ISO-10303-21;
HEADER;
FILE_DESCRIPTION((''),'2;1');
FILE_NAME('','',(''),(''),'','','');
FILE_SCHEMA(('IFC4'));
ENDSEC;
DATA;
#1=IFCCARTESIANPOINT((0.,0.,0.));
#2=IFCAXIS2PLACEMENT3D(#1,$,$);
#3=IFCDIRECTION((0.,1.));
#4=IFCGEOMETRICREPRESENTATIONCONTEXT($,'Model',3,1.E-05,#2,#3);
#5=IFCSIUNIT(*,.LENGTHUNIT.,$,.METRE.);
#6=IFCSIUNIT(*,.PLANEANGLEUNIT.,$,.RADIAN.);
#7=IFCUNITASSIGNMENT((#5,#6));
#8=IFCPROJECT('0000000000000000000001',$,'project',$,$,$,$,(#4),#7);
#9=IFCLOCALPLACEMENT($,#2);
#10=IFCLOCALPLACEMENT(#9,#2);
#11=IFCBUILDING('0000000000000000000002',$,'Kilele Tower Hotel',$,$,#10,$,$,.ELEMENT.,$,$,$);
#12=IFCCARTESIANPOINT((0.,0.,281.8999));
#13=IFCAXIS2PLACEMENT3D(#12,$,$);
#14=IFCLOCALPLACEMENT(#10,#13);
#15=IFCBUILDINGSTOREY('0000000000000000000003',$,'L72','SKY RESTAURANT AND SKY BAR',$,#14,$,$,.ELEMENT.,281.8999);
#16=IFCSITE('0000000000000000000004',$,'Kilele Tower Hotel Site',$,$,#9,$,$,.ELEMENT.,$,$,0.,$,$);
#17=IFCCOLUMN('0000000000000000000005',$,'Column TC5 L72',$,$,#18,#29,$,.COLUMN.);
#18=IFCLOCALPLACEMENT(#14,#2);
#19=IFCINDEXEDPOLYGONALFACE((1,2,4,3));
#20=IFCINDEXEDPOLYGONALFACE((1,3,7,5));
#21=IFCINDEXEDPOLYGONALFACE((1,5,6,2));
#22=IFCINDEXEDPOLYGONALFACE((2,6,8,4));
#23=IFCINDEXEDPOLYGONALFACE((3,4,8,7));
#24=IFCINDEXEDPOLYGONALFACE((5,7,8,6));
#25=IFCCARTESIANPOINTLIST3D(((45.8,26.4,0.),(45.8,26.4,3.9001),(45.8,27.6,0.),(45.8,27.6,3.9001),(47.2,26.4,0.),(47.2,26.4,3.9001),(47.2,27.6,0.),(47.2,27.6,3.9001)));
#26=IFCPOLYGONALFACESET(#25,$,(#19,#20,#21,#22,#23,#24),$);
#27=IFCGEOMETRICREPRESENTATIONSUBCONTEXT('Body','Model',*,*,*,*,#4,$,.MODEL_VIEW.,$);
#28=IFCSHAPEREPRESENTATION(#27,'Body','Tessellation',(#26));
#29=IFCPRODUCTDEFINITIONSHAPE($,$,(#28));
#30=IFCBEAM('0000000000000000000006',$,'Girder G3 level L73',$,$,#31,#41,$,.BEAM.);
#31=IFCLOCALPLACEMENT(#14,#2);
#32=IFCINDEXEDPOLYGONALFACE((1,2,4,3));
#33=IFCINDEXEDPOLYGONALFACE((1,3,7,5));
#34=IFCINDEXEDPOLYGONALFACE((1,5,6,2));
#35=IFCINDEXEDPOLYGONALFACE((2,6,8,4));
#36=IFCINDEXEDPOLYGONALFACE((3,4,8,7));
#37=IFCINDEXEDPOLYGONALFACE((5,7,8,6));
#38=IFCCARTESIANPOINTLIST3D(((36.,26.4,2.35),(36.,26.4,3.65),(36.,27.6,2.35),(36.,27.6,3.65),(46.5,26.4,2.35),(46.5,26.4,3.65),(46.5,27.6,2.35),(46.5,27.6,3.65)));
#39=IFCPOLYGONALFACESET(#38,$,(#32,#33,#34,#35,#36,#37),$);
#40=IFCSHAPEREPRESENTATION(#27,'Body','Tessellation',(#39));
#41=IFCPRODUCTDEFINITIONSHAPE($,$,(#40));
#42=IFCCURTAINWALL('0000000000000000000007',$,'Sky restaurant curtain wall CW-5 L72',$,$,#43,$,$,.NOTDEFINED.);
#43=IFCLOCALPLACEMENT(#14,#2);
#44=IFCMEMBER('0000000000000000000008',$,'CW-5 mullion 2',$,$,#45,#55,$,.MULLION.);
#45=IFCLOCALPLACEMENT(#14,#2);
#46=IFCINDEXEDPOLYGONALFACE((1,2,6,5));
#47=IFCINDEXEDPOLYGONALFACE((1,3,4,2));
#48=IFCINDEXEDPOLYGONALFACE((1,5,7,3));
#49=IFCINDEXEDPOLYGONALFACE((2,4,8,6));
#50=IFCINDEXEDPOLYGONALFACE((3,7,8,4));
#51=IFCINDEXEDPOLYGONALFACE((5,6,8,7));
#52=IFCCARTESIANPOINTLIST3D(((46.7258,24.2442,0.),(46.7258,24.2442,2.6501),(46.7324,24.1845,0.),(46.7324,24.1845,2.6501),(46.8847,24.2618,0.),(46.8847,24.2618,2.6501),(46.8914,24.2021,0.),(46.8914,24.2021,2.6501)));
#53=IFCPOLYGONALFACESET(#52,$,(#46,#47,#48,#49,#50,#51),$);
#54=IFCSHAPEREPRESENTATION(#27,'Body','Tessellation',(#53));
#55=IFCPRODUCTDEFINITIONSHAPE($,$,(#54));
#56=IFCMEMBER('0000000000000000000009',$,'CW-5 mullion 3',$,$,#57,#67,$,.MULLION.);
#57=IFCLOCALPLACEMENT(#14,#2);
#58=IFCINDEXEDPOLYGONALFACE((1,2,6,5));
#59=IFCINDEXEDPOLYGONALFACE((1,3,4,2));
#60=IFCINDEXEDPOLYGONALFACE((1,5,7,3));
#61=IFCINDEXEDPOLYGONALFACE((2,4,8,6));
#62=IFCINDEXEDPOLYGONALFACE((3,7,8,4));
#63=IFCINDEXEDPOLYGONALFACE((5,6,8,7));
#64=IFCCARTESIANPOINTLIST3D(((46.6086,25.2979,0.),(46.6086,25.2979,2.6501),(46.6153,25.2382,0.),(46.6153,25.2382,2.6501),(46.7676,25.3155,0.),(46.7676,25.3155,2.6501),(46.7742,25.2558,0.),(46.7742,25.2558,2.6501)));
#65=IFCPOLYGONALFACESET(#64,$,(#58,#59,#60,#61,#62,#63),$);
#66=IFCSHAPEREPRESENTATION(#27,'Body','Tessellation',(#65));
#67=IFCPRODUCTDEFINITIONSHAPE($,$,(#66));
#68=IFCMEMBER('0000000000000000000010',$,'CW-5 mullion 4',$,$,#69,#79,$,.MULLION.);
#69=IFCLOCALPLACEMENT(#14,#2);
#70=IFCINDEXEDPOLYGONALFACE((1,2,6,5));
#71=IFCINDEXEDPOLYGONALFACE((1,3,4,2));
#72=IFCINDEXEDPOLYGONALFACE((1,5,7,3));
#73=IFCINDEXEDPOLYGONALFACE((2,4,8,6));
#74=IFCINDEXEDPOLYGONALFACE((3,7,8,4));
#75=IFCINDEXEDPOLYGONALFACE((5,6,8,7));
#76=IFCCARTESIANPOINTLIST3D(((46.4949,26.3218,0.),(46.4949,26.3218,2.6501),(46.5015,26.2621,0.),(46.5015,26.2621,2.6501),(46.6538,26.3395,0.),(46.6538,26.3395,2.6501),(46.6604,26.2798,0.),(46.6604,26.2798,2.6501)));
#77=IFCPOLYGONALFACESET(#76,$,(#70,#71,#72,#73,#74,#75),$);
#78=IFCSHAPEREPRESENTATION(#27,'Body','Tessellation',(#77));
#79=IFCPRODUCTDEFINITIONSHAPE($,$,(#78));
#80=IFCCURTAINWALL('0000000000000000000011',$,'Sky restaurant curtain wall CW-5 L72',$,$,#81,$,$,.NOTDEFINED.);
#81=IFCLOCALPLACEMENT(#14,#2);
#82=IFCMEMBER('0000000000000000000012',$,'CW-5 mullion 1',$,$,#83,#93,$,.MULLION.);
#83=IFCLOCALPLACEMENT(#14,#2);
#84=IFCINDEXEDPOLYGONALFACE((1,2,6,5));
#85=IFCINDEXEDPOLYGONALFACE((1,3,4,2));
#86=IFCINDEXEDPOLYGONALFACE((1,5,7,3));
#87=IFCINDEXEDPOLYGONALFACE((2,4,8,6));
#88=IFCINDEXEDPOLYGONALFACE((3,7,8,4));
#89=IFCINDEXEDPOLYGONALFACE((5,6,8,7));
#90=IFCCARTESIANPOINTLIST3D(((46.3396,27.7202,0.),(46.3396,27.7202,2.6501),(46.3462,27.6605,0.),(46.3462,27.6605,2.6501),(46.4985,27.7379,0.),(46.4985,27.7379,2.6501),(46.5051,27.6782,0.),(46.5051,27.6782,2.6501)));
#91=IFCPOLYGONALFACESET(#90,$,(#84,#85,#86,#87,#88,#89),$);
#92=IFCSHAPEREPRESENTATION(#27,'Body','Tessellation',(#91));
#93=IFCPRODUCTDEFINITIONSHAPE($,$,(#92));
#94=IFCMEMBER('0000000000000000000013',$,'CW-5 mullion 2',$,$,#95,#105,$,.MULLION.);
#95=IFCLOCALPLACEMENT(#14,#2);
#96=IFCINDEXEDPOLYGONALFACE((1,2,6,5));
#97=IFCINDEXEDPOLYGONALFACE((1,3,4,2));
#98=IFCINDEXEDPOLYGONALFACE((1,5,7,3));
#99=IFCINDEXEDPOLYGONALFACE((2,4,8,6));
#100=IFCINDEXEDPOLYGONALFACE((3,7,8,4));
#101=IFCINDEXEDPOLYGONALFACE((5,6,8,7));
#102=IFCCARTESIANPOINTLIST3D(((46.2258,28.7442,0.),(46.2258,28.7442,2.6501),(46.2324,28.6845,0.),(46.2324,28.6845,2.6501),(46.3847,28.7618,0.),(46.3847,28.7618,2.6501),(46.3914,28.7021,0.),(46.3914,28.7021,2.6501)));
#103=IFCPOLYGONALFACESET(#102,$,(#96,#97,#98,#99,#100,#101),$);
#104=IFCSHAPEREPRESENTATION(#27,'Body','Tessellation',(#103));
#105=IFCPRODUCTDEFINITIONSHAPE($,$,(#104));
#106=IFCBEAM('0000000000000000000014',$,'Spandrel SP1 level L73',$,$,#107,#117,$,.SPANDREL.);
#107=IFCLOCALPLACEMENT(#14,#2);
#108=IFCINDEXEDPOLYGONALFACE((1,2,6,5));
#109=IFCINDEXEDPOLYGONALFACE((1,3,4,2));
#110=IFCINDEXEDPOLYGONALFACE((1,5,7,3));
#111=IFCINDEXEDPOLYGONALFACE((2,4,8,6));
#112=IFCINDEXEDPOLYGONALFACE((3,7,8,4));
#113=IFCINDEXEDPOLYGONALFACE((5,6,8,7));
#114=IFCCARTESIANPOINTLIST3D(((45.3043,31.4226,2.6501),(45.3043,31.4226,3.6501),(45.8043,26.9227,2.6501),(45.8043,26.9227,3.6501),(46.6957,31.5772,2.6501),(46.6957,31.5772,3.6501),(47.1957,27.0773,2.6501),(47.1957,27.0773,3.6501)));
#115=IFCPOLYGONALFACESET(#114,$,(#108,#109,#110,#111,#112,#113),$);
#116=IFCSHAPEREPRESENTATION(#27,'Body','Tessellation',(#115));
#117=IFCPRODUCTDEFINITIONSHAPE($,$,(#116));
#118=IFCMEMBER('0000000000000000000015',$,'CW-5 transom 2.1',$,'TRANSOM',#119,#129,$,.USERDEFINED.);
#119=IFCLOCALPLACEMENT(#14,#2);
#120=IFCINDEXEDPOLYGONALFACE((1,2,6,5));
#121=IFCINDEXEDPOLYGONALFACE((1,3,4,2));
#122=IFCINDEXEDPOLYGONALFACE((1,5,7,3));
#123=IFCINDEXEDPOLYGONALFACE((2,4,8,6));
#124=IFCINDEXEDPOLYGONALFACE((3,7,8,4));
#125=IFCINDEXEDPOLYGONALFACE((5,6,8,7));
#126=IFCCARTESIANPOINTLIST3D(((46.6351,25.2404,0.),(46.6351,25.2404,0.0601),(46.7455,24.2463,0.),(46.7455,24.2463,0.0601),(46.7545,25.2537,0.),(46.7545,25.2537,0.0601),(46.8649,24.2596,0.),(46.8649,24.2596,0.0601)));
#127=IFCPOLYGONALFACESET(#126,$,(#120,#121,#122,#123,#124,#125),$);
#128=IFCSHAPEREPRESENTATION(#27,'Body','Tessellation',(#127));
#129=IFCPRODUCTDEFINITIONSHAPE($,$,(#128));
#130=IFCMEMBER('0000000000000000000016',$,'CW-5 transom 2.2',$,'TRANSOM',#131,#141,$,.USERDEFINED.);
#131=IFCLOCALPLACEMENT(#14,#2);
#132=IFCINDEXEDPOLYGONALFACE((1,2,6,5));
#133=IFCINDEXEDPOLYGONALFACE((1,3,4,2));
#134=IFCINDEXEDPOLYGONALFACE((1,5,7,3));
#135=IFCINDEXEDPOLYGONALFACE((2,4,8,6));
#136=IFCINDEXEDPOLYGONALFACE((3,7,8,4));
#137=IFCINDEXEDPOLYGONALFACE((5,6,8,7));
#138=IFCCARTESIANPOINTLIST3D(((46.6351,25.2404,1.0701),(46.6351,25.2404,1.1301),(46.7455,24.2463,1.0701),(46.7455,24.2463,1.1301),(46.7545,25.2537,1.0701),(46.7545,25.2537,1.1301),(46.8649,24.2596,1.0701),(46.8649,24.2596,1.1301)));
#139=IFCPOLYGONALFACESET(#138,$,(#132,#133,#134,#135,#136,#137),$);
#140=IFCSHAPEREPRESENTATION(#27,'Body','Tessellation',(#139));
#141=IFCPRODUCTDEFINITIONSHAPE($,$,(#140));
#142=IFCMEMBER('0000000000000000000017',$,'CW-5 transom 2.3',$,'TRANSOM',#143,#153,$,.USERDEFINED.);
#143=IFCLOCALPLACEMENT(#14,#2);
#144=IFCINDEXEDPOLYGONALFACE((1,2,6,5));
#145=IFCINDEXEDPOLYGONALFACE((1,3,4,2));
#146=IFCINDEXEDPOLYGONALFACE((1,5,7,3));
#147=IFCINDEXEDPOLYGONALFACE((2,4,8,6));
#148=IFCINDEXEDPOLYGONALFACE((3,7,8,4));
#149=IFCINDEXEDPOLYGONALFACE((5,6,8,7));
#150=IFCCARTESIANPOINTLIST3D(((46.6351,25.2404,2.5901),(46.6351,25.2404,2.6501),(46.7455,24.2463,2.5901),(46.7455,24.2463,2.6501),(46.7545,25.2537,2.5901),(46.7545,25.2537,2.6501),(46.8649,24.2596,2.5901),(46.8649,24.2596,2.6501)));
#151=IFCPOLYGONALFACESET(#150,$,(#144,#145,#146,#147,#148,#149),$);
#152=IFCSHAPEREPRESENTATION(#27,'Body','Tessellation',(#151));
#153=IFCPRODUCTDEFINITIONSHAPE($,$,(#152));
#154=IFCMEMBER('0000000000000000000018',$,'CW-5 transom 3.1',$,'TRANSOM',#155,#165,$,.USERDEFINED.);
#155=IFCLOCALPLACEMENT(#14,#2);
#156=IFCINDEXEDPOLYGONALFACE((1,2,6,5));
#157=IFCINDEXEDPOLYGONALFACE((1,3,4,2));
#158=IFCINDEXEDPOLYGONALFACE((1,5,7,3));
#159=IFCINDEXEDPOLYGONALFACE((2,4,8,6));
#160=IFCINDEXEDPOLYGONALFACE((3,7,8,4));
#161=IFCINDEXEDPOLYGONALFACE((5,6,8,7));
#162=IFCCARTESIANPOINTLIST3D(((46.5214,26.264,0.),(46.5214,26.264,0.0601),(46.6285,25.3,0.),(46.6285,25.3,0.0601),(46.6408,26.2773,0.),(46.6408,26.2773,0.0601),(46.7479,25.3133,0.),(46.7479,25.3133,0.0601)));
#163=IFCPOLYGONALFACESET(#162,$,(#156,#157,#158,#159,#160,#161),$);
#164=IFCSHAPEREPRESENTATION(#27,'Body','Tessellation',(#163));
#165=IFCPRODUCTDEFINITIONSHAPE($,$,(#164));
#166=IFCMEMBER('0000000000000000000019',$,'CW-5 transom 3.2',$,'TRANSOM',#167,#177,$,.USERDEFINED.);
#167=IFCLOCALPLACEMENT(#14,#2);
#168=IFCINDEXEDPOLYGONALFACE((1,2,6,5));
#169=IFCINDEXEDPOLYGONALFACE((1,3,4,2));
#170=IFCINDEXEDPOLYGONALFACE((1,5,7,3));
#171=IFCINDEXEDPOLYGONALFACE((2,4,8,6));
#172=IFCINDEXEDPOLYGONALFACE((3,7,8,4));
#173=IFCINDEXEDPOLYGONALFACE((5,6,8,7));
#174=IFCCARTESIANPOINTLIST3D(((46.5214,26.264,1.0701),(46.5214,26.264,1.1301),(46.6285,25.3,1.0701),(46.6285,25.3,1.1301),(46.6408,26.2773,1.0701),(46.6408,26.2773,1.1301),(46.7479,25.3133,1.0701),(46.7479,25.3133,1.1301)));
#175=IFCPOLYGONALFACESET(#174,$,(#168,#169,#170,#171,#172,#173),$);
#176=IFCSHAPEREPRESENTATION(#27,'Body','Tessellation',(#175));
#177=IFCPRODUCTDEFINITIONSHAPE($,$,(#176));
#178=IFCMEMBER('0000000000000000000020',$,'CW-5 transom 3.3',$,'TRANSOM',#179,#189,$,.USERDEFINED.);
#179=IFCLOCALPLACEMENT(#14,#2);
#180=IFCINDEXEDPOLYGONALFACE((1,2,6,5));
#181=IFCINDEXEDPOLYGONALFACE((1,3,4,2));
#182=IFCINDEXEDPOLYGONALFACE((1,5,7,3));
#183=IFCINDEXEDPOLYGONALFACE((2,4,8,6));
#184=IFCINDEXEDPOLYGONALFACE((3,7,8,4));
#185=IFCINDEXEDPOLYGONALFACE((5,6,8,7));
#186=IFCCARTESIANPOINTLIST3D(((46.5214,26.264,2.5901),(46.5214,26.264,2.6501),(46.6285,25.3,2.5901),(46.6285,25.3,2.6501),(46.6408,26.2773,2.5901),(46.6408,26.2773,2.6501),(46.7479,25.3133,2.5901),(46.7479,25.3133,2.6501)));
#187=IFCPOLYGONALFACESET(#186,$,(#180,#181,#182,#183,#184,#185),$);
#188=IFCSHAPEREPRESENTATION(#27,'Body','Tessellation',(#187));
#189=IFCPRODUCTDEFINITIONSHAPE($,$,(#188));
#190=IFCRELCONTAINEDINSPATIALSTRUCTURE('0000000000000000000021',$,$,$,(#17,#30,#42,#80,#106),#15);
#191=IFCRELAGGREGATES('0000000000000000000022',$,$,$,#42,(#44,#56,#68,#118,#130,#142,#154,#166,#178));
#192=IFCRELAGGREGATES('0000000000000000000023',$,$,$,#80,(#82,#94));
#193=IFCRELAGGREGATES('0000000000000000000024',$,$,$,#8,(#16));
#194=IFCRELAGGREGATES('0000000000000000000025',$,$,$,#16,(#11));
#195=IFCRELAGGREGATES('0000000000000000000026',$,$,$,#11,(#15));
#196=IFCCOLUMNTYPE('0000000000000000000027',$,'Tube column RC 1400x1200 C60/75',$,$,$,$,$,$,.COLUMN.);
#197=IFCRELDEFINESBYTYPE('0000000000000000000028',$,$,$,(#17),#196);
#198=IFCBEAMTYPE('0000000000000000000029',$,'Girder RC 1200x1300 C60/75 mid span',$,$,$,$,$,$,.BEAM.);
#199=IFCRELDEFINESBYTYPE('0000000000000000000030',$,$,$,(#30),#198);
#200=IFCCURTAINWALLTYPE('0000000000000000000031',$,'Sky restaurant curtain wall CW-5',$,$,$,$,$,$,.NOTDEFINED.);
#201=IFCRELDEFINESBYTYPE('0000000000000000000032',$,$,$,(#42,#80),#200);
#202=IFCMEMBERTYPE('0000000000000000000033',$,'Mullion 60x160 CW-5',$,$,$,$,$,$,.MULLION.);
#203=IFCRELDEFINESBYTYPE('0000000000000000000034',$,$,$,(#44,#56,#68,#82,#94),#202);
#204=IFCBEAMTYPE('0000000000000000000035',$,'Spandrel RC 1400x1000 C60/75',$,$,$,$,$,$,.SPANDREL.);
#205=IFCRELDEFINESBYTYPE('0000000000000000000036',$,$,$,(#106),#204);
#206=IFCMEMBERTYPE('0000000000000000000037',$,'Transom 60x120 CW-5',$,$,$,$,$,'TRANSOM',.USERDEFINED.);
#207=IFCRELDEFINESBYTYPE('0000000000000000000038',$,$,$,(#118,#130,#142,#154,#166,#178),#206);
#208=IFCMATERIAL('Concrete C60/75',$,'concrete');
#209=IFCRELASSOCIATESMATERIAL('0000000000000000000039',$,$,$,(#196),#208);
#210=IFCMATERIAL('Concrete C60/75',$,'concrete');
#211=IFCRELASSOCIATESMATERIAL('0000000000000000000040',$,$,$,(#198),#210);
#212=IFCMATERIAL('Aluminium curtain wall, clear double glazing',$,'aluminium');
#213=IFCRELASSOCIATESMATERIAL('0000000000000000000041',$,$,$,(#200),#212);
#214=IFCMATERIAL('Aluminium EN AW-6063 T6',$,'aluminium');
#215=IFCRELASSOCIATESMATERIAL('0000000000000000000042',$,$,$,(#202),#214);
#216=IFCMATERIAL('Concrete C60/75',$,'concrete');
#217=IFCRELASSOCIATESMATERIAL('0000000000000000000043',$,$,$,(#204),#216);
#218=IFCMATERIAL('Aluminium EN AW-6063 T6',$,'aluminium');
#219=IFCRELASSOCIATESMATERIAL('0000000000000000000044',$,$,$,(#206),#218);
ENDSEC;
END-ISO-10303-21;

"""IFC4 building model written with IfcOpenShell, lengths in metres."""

from ifc_helpers import new_model, si_unit, direction, frame, origin, origin_2d, place, context, subcontext, project, spatial, rectangle, extrude, material, material_profile, profile_set, type_object, element, aggregate, save


model = new_model("IFC4")

# Units and contexts
model_context = context("Model", 3, precision=1e-05, world=origin(), true_north=direction((0.0, 1.0)))
body_context = subcontext(model_context, "Body", "Model", "MODEL_VIEW")
ifc_project = project(units=[si_unit("LENGTHUNIT", "METRE"), si_unit("PLANEANGLEUNIT", "RADIAN")], contexts=[model_context])

# Site, building, storey
site_placement = place(None, origin())
site = spatial("IfcSite", under=ifc_project, at=site_placement, Name="Kilele Tower Hotel Site", CompositionType="ELEMENT", RefElevation=0.0)
building_placement = place(site_placement, origin())
building = spatial("IfcBuilding", under=site, at=building_placement, Name="Kilele Tower Hotel", CompositionType="ELEMENT")
storey_placement = place(building_placement, frame((0.0, 0.0, 281.8999)))
storey = spatial("IfcBuildingStorey", under=building, at=storey_placement, Name="L72", Description="SKY RESTAURANT AND SKY BAR", CompositionType="ELEMENT", Elevation=281.8999)

# Column
ifc_material_1 = material(Name="Concrete C60/75", Category="concrete")
ifc_material_profile_1 = material_profile(ifc_material_1, rectangle(XDim=1.3999, YDim=1.2, at=origin_2d()))
ifc_profile_set_1 = profile_set([ifc_material_profile_1], Name="Concrete C60/75")
column_type = type_object("IfcColumnType", Name="Tube column RC 1400x1200 C60/75", PredefinedType="COLUMN", material=ifc_profile_set_1)
column_placement = place(storey_placement, frame((46.5, 27.0, 0.0), z_axis=(0.0, 0.0, 1.0), x_axis=(1.0, 0.0, 0.0)))
element("IfcColumn", 1, at=column_placement, inside=storey, type_object=column_type, Name="Column TC5 L72", PredefinedType="COLUMN", context=body_context, shape_type="SweptSolid", body=[
    extrude(rectangle(XDim=1.3999, YDim=1.2, at=origin_2d()), origin(), (0.0, 0.0, 1.0), 3.9001),
])

# Beam
ifc_material_2 = material(Name="Concrete C60/75", Category="concrete")
ifc_material_profile_2 = material_profile(ifc_material_2, rectangle(XDim=1.2, YDim=1.3, at=origin_2d()))
ifc_profile_set_2 = profile_set([ifc_material_profile_2], Name="Concrete C60/75")
beam_type_1 = type_object("IfcBeamType", Name="Girder RC 1200x1300 C60/75 mid span", PredefinedType="BEAM", material=ifc_profile_set_2)
beam_1_placement = place(storey_placement, frame((46.5, 27.0, 3.0), z_axis=(-1.0, 0.0, 0.0), x_axis=(0.0, -1.0, 0.0)))
element("IfcBeam", 2, at=beam_1_placement, inside=storey, type_object=beam_type_1, Name="Girder G3 level L73", PredefinedType="BEAM", context=body_context, shape_type="SweptSolid", body=[
    extrude(rectangle(XDim=1.2, YDim=1.3, at=origin_2d()), origin(), (0.0, 0.0, 1.0), 10.5),
])

# Curtain walls, members
ifc_material_3 = material(Name="Aluminium curtain wall, clear double glazing", Category="aluminium")
curtain_wall_type = type_object("IfcCurtainWallType", Name="Sky restaurant curtain wall CW-5", PredefinedType="NOTDEFINED", material=ifc_material_3)
curtain_wall_1_placement = place(storey_placement, origin())
curtain_wall_1 = element("IfcCurtainWall", 3, at=curtain_wall_1_placement, inside=storey, type_object=curtain_wall_type, Name="Sky restaurant curtain wall CW-5 L72", PredefinedType="NOTDEFINED")
ifc_material_4 = material(Name="Aluminium EN AW-6063 T6", Category="aluminium")
ifc_material_profile_3 = material_profile(ifc_material_4, rectangle(XDim=0.1599, YDim=0.0601, at=origin_2d()))
ifc_profile_set_3 = profile_set([ifc_material_profile_3], Name="Aluminium EN AW-6063 T6")
member_type_1 = type_object("IfcMemberType", Name="Mullion 60x160 CW-5", PredefinedType="MULLION", material=ifc_profile_set_3)
member_1_placement = place(storey_placement, frame((46.8086, 24.2231, 0.0), z_axis=(0.0, 0.0, 1.0), x_axis=(-0.993884, -0.110432, 0.0)))
member_1 = element("IfcMember", 4, at=member_1_placement, type_object=member_type_1, Name="CW-5 mullion 2", PredefinedType="MULLION", context=body_context, shape_type="SweptSolid", body=[
    extrude(rectangle(XDim=0.1599, YDim=0.0601, at=origin_2d()), origin(), (0.0, 0.0, 1.0), 2.6501),
])
member_2_placement = place(storey_placement, frame((46.6914, 25.2769, 0.0), z_axis=(0.0, 0.0, 1.0), x_axis=(-0.993884, -0.110432, 0.0)))
member_2 = element("IfcMember", 5, at=member_2_placement, type_object=member_type_1, Name="CW-5 mullion 3", PredefinedType="MULLION", context=body_context, shape_type="SweptSolid", body=[
    extrude(rectangle(XDim=0.1599, YDim=0.0601, at=origin_2d()), origin(), (0.0, 0.0, 1.0), 2.6501),
])
member_3_placement = place(storey_placement, frame((46.5776, 26.3008, 0.0), z_axis=(0.0, 0.0, 1.0), x_axis=(-0.993884, -0.110432, 0.0)))
member_3 = element("IfcMember", 6, at=member_3_placement, type_object=member_type_1, Name="CW-5 mullion 4", PredefinedType="MULLION", context=body_context, shape_type="SweptSolid", body=[
    extrude(rectangle(XDim=0.1599, YDim=0.0601, at=origin_2d()), origin(), (0.0, 0.0, 1.0), 2.6501),
])
curtain_wall_2_placement = place(storey_placement, origin())
curtain_wall_2 = element("IfcCurtainWall", 7, at=curtain_wall_2_placement, inside=storey, type_object=curtain_wall_type, Name="Sky restaurant curtain wall CW-5 L72", PredefinedType="NOTDEFINED")
member_4_placement = place(storey_placement, frame((46.4224, 27.6992, 0.0), z_axis=(0.0, 0.0, 1.0), x_axis=(-0.993884, -0.110432, 0.0)))
member_4 = element("IfcMember", 8, at=member_4_placement, type_object=member_type_1, Name="CW-5 mullion 1", PredefinedType="MULLION", context=body_context, shape_type="SweptSolid", body=[
    extrude(rectangle(XDim=0.1599, YDim=0.0601, at=origin_2d()), origin(), (0.0, 0.0, 1.0), 2.6501),
])
member_5_placement = place(storey_placement, frame((46.3086, 28.7231, 0.0), z_axis=(0.0, 0.0, 1.0), x_axis=(-0.993884, -0.110432, 0.0)))
member_5 = element("IfcMember", 9, at=member_5_placement, type_object=member_type_1, Name="CW-5 mullion 2", PredefinedType="MULLION", context=body_context, shape_type="SweptSolid", body=[
    extrude(rectangle(XDim=0.1599, YDim=0.0601, at=origin_2d()), origin(), (0.0, 0.0, 1.0), 2.6501),
])

# Beam
ifc_material_5 = material(Name="Concrete C60/75", Category="concrete")
ifc_material_profile_4 = material_profile(ifc_material_5, rectangle(XDim=1.3999, YDim=1.0, at=origin_2d()))
ifc_profile_set_4 = profile_set([ifc_material_profile_4], Name="Concrete C60/75")
beam_type_2 = type_object("IfcBeamType", Name="Spandrel RC 1400x1000 C60/75", PredefinedType="SPANDREL", material=ifc_profile_set_4)
beam_2_placement = place(storey_placement, frame((46.5, 27.0, 3.1501), z_axis=(-0.110432, 0.993884, 0.0), x_axis=(-0.993884, -0.110432, 0.0)))
element("IfcBeam", 10, at=beam_2_placement, inside=storey, type_object=beam_type_2, Name="Spandrel SP1 level L73", PredefinedType="SPANDREL", context=body_context, shape_type="SweptSolid", body=[
    extrude(rectangle(XDim=1.3999, YDim=1.0, at=origin_2d()), origin(), (0.0, 0.0, 1.0), 4.5276),
])

# Members
ifc_material_6 = material(Name="Aluminium EN AW-6063 T6", Category="aluminium")
ifc_material_profile_5 = material_profile(ifc_material_6, rectangle(XDim=0.1201, YDim=0.0601, at=origin_2d()))
ifc_profile_set_5 = profile_set([ifc_material_profile_5], Name="Aluminium EN AW-6063 T6")
member_type_2 = type_object("IfcMemberType", Name="Transom 60x120 CW-5", ElementType="TRANSOM", PredefinedType="USERDEFINED", material=ifc_profile_set_5)
member_6_placement = place(storey_placement, frame((46.8052, 24.2529, 0.03), z_axis=(-0.110324, 0.993896, 0.0), x_axis=(-0.993896, -0.110324, 0.0)))
member_6 = element("IfcMember", 11, at=member_6_placement, type_object=member_type_2, Name="CW-5 transom 2.1", ObjectType="TRANSOM", PredefinedType="USERDEFINED", context=body_context, shape_type="SweptSolid", body=[
    extrude(rectangle(XDim=0.1201, YDim=0.0601, at=origin_2d()), origin(), (0.0, 0.0, 1.0), 1.0002),
])
member_7_placement = place(storey_placement, frame((46.8052, 24.2529, 1.1001), z_axis=(-0.110324, 0.993896, 0.0), x_axis=(-0.993896, -0.110324, 0.0)))
member_7 = element("IfcMember", 12, at=member_7_placement, type_object=member_type_2, Name="CW-5 transom 2.2", ObjectType="TRANSOM", PredefinedType="USERDEFINED", context=body_context, shape_type="SweptSolid", body=[
    extrude(rectangle(XDim=0.1201, YDim=0.0601, at=origin_2d()), origin(), (0.0, 0.0, 1.0), 1.0002),
])
member_8_placement = place(storey_placement, frame((46.8052, 24.2529, 2.6201), z_axis=(-0.110324, 0.993896, 0.0), x_axis=(-0.993896, -0.110324, 0.0)))
member_8 = element("IfcMember", 13, at=member_8_placement, type_object=member_type_2, Name="CW-5 transom 2.3", ObjectType="TRANSOM", PredefinedType="USERDEFINED", context=body_context, shape_type="SweptSolid", body=[
    extrude(rectangle(XDim=0.1201, YDim=0.0601, at=origin_2d()), origin(), (0.0, 0.0, 1.0), 1.0002),
])
member_9_placement = place(storey_placement, frame((46.6882, 25.3066, 0.03), z_axis=(-0.110487, 0.993878, 0.0), x_axis=(-0.993878, -0.110487, 0.0)))
member_9 = element("IfcMember", 14, at=member_9_placement, type_object=member_type_2, Name="CW-5 transom 3.1", ObjectType="TRANSOM", PredefinedType="USERDEFINED", context=body_context, shape_type="SweptSolid", body=[
    extrude(rectangle(XDim=0.1201, YDim=0.0601, at=origin_2d()), origin(), (0.0, 0.0, 1.0), 0.97),
])
member_10_placement = place(storey_placement, frame((46.6882, 25.3066, 1.1001), z_axis=(-0.110487, 0.993878, 0.0), x_axis=(-0.993878, -0.110487, 0.0)))
member_10 = element("IfcMember", 15, at=member_10_placement, type_object=member_type_2, Name="CW-5 transom 3.2", ObjectType="TRANSOM", PredefinedType="USERDEFINED", context=body_context, shape_type="SweptSolid", body=[
    extrude(rectangle(XDim=0.1201, YDim=0.0601, at=origin_2d()), origin(), (0.0, 0.0, 1.0), 0.97),
])
member_11_placement = place(storey_placement, frame((46.6882, 25.3066, 2.6201), z_axis=(-0.110487, 0.993878, 0.0), x_axis=(-0.993878, -0.110487, 0.0)))
member_11 = element("IfcMember", 16, at=member_11_placement, type_object=member_type_2, Name="CW-5 transom 3.3", ObjectType="TRANSOM", PredefinedType="USERDEFINED", context=body_context, shape_type="SweptSolid", body=[
    extrude(rectangle(XDim=0.1201, YDim=0.0601, at=origin_2d()), origin(), (0.0, 0.0, 1.0), 0.97),
])

aggregate(curtain_wall_1, [member_1, member_2, member_3, member_6, member_7, member_8, member_9, member_10, member_11])
aggregate(curtain_wall_2, [member_4, member_5])

save(model, "model.ifc")
